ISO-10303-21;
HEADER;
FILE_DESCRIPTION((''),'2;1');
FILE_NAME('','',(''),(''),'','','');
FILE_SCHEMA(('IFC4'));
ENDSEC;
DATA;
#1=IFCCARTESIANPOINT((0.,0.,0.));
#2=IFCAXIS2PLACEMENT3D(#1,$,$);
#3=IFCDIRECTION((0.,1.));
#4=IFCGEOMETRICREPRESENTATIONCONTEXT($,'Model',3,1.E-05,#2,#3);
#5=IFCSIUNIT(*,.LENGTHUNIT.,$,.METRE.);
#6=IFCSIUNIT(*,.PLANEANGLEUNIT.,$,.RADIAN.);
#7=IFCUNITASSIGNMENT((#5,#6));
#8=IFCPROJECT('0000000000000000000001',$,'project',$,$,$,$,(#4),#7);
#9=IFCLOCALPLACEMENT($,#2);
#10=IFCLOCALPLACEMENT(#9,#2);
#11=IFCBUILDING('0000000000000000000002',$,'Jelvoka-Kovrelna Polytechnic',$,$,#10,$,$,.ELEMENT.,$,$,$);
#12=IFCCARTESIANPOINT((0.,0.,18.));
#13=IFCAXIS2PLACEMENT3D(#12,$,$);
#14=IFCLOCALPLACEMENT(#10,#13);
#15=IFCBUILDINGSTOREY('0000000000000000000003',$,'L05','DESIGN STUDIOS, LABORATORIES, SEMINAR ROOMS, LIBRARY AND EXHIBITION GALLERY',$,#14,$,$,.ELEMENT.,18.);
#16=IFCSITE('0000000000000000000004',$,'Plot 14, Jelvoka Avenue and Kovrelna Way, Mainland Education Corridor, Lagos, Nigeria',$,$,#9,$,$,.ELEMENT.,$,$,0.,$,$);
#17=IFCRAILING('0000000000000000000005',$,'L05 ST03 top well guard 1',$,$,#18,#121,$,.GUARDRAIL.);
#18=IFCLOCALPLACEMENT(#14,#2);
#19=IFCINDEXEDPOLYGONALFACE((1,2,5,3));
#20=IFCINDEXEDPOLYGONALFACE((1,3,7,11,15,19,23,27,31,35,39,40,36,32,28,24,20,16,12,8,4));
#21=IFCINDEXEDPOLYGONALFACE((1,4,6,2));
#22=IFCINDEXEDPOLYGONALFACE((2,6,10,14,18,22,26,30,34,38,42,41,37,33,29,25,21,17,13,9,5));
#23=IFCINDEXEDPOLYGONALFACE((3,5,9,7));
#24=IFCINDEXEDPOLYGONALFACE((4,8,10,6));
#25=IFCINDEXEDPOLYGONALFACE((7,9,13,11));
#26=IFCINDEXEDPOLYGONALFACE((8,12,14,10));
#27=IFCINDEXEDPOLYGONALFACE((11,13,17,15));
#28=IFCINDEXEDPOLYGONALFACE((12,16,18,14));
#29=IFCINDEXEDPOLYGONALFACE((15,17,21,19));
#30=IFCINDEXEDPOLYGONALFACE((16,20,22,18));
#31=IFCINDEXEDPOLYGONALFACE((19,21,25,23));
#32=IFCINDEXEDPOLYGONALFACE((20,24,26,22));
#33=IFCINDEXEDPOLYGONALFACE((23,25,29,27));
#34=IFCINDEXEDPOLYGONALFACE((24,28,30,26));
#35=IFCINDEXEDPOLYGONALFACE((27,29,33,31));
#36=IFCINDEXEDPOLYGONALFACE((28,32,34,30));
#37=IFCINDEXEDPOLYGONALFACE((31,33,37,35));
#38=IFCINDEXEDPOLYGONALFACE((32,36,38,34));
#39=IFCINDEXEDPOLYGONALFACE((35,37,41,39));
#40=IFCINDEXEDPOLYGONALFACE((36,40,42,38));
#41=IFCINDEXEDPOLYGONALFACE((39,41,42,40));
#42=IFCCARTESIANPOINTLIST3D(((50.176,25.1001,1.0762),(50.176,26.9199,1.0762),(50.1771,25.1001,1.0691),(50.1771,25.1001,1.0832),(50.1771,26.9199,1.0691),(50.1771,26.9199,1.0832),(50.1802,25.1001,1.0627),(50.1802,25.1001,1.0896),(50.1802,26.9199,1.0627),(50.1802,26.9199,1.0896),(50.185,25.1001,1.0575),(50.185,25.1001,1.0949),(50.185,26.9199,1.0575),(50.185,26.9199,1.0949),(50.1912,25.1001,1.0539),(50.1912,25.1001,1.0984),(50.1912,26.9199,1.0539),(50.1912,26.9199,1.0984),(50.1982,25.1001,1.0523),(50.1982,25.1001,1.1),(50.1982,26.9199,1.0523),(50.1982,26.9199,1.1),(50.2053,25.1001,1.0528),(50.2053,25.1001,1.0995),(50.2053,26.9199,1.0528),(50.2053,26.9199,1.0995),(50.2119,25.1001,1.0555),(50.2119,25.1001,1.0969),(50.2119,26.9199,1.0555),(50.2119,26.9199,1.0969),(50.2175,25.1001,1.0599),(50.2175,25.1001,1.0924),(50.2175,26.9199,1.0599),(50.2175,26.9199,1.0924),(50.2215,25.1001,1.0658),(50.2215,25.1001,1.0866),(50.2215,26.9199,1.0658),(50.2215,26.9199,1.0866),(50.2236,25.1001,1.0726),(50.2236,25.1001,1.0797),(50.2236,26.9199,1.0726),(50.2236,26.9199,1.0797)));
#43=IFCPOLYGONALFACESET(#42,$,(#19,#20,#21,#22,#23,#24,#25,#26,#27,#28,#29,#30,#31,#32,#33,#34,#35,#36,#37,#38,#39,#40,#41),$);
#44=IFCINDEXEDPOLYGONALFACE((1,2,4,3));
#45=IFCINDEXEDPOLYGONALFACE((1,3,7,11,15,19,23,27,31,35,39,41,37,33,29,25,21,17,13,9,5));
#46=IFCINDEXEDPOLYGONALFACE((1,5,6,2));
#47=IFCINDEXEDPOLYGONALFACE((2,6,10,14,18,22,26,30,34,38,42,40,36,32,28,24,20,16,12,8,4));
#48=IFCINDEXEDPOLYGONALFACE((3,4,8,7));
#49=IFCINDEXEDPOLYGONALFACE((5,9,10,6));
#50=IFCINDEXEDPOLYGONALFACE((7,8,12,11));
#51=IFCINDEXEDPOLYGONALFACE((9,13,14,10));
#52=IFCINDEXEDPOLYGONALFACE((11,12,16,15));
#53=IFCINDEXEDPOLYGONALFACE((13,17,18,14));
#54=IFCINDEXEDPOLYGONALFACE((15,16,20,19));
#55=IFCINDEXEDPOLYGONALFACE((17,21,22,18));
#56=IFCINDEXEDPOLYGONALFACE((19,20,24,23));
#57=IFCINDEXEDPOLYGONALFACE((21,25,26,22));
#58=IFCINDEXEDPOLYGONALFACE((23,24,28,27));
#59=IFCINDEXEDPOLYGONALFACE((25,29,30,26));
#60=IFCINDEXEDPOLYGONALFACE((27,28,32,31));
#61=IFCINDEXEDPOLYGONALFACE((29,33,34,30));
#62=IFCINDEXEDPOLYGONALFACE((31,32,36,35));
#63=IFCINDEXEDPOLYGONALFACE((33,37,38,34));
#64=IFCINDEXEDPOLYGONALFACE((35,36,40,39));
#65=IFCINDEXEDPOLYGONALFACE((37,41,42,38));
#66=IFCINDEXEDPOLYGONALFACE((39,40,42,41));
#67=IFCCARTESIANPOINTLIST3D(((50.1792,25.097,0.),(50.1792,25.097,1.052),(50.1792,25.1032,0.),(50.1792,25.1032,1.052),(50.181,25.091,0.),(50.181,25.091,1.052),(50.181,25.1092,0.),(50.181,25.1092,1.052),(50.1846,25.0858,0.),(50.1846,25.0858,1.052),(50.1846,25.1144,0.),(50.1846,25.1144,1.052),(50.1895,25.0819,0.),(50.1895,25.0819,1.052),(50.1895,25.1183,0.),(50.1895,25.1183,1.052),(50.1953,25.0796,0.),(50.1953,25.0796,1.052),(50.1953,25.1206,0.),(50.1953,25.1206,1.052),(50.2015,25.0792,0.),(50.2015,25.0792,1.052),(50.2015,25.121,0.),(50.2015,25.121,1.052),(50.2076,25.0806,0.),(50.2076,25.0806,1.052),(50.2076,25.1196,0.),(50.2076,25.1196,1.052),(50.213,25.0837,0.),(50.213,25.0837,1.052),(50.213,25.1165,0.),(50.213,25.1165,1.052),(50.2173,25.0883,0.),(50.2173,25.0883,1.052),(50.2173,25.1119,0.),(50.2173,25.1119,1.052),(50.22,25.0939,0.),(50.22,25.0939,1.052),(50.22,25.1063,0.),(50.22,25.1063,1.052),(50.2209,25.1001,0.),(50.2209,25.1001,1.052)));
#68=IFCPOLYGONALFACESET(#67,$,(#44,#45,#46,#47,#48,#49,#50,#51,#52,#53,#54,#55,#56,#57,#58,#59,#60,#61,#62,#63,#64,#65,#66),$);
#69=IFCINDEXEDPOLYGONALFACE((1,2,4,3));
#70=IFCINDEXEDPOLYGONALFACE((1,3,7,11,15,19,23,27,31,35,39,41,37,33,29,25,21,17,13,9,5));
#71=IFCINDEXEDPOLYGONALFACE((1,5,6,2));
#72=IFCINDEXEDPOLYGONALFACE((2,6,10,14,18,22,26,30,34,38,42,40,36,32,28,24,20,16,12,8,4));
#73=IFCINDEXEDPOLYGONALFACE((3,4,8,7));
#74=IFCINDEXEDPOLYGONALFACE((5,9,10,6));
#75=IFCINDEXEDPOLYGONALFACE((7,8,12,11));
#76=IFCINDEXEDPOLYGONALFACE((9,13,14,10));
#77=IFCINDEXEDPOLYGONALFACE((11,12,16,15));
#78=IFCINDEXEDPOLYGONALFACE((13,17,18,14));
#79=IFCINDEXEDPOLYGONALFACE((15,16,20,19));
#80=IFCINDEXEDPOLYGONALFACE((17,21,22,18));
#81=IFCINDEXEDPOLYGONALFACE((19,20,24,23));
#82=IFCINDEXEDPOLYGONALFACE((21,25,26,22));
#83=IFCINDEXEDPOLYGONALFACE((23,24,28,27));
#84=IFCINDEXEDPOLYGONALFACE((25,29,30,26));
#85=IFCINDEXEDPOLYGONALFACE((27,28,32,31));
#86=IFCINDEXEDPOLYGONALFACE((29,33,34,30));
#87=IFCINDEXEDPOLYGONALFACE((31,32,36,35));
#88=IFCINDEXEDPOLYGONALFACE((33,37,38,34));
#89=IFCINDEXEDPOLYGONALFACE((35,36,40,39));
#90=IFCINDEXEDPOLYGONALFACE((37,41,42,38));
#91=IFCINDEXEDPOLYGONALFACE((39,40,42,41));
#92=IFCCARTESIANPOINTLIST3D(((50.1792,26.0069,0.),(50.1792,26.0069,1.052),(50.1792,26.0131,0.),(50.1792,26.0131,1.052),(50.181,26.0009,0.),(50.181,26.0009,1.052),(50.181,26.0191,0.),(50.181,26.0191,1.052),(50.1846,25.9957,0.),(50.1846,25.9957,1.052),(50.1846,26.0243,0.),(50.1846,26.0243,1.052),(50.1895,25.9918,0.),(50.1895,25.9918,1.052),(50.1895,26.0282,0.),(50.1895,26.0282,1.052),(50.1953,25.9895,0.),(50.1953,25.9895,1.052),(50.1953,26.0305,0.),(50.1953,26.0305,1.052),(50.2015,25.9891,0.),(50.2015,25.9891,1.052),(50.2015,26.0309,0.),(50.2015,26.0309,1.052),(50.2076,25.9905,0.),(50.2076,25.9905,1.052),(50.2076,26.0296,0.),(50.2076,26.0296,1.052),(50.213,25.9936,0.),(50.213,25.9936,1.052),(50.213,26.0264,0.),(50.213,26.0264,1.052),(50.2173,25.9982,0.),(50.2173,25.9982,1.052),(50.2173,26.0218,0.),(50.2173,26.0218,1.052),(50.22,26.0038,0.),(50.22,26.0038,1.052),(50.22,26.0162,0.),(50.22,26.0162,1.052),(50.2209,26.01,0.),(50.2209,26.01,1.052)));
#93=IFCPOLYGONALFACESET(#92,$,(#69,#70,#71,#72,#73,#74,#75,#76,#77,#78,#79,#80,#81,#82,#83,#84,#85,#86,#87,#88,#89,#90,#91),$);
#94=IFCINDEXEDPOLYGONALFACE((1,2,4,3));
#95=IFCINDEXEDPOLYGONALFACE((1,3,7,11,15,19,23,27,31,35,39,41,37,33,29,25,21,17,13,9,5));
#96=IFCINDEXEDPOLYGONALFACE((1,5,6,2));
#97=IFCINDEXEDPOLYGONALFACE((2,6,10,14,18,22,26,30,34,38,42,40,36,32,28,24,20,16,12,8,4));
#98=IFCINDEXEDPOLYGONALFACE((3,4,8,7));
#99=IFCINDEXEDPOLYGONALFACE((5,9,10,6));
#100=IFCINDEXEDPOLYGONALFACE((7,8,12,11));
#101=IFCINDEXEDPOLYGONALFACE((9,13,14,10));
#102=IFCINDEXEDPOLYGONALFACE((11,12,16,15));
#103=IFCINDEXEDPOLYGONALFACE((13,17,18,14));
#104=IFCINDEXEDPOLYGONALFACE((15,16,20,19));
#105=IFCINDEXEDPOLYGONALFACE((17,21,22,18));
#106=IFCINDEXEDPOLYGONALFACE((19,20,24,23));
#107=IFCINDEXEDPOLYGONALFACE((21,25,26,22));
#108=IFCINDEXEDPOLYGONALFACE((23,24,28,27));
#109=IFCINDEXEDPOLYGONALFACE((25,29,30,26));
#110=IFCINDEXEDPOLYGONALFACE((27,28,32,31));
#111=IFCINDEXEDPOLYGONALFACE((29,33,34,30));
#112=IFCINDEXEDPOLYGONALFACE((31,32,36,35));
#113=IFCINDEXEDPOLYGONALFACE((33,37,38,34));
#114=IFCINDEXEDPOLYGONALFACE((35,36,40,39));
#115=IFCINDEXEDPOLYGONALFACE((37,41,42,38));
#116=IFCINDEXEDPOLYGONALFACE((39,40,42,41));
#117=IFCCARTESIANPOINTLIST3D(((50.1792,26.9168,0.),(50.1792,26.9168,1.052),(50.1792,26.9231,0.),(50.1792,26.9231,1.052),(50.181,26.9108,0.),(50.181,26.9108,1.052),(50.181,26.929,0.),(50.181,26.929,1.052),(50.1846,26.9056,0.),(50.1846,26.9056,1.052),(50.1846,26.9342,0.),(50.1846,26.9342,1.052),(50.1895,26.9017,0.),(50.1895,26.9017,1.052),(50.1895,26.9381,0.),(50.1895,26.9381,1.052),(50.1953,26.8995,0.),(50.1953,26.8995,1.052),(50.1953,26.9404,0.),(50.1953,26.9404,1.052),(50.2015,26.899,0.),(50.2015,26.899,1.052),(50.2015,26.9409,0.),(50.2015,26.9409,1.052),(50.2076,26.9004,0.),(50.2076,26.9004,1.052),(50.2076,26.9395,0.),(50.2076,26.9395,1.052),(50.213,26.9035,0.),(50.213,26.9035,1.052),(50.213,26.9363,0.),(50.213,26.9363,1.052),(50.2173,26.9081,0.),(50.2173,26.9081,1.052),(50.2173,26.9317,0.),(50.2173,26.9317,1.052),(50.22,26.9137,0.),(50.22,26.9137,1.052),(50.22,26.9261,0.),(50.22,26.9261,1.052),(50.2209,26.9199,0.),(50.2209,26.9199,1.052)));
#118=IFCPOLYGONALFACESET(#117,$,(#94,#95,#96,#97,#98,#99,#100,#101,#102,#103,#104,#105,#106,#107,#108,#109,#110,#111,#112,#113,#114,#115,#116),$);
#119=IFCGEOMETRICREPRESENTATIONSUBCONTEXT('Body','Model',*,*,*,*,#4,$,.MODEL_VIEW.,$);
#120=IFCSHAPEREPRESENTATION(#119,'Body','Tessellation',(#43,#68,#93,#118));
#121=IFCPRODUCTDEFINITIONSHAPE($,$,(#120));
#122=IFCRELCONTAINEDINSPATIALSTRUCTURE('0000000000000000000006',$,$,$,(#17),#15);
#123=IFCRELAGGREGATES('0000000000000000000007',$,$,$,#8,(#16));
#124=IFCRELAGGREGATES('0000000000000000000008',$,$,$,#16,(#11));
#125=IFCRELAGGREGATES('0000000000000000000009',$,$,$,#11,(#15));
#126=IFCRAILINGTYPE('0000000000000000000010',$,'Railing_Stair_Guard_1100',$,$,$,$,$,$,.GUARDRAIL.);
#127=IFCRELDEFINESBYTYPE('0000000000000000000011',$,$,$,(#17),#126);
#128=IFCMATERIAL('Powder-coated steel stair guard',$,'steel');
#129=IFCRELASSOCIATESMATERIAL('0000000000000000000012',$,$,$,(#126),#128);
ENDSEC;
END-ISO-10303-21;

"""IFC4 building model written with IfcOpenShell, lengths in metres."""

from ifc_helpers import new_model, si_unit, direction, frame, origin, origin_2d, place, context, subcontext, project, spatial, circle, extrude, material, type_object, element, save


model = new_model("IFC4")

# Units and contexts
model_context = context("Model", 3, precision=1e-05, world=origin(), true_north=direction((0.0, 1.0)))
body_context = subcontext(model_context, "Body", "Model", "MODEL_VIEW")
ifc_project = project(units=[si_unit("LENGTHUNIT", "METRE"), si_unit("PLANEANGLEUNIT", "RADIAN")], contexts=[model_context])

# Site, building, storey
site_placement = place(None, origin())
site = spatial("IfcSite", under=ifc_project, at=site_placement, Name="Plot 14, Jelvoka Avenue and Kovrelna Way, Mainland Education Corridor, Lagos, Nigeria", CompositionType="ELEMENT", RefElevation=0.0)
building_placement = place(site_placement, origin())
building = spatial("IfcBuilding", under=site, at=building_placement, Name="Jelvoka-Kovrelna Polytechnic", CompositionType="ELEMENT")
storey_placement = place(building_placement, frame((0.0, 0.0, 18.0)))
storey = spatial("IfcBuildingStorey", under=building, at=storey_placement, Name="L05", Description="DESIGN STUDIOS, LABORATORIES, SEMINAR ROOMS, LIBRARY AND EXHIBITION GALLERY", CompositionType="ELEMENT", Elevation=18.0)

# Railing
ifc_material_1 = material(Name="Powder-coated steel stair guard", Category="steel")
railing_type = type_object("IfcRailingType", Name="Railing_Stair_Guard_1100", PredefinedType="GUARDRAIL", material=ifc_material_1)
railing_placement = place(storey_placement, frame((50.2, 25.1001, 0.0)))
element("IfcRailing", 1, at=railing_placement, inside=storey, type_object=railing_type, Name="L05 ST03 top well guard 1", PredefinedType="GUARDRAIL", context=body_context, shape_type="SweptSolid", body=[
    extrude(circle(Radius=0.0239, at=origin_2d()), frame((0.0, 0.0, 1.0762), z_axis=(0.0, 1.0, 0.0), x_axis=(-1.0, 0.0, 0.0)), (0.0, 0.0, 1.0), 1.8198),
    extrude(circle(Radius=0.021, at=origin_2d()), origin(), (0.0, 0.0, 1.0), 1.052),
    extrude(circle(Radius=0.021, at=origin_2d()), frame((0.0, 0.9099, 0.0)), (0.0, 0.0, 1.0), 1.052),
    extrude(circle(Radius=0.021, at=origin_2d()), frame((0.0, 1.8198, 0.0)), (0.0, 0.0, 1.0), 1.052),
])

save(model, "model.ifc")
